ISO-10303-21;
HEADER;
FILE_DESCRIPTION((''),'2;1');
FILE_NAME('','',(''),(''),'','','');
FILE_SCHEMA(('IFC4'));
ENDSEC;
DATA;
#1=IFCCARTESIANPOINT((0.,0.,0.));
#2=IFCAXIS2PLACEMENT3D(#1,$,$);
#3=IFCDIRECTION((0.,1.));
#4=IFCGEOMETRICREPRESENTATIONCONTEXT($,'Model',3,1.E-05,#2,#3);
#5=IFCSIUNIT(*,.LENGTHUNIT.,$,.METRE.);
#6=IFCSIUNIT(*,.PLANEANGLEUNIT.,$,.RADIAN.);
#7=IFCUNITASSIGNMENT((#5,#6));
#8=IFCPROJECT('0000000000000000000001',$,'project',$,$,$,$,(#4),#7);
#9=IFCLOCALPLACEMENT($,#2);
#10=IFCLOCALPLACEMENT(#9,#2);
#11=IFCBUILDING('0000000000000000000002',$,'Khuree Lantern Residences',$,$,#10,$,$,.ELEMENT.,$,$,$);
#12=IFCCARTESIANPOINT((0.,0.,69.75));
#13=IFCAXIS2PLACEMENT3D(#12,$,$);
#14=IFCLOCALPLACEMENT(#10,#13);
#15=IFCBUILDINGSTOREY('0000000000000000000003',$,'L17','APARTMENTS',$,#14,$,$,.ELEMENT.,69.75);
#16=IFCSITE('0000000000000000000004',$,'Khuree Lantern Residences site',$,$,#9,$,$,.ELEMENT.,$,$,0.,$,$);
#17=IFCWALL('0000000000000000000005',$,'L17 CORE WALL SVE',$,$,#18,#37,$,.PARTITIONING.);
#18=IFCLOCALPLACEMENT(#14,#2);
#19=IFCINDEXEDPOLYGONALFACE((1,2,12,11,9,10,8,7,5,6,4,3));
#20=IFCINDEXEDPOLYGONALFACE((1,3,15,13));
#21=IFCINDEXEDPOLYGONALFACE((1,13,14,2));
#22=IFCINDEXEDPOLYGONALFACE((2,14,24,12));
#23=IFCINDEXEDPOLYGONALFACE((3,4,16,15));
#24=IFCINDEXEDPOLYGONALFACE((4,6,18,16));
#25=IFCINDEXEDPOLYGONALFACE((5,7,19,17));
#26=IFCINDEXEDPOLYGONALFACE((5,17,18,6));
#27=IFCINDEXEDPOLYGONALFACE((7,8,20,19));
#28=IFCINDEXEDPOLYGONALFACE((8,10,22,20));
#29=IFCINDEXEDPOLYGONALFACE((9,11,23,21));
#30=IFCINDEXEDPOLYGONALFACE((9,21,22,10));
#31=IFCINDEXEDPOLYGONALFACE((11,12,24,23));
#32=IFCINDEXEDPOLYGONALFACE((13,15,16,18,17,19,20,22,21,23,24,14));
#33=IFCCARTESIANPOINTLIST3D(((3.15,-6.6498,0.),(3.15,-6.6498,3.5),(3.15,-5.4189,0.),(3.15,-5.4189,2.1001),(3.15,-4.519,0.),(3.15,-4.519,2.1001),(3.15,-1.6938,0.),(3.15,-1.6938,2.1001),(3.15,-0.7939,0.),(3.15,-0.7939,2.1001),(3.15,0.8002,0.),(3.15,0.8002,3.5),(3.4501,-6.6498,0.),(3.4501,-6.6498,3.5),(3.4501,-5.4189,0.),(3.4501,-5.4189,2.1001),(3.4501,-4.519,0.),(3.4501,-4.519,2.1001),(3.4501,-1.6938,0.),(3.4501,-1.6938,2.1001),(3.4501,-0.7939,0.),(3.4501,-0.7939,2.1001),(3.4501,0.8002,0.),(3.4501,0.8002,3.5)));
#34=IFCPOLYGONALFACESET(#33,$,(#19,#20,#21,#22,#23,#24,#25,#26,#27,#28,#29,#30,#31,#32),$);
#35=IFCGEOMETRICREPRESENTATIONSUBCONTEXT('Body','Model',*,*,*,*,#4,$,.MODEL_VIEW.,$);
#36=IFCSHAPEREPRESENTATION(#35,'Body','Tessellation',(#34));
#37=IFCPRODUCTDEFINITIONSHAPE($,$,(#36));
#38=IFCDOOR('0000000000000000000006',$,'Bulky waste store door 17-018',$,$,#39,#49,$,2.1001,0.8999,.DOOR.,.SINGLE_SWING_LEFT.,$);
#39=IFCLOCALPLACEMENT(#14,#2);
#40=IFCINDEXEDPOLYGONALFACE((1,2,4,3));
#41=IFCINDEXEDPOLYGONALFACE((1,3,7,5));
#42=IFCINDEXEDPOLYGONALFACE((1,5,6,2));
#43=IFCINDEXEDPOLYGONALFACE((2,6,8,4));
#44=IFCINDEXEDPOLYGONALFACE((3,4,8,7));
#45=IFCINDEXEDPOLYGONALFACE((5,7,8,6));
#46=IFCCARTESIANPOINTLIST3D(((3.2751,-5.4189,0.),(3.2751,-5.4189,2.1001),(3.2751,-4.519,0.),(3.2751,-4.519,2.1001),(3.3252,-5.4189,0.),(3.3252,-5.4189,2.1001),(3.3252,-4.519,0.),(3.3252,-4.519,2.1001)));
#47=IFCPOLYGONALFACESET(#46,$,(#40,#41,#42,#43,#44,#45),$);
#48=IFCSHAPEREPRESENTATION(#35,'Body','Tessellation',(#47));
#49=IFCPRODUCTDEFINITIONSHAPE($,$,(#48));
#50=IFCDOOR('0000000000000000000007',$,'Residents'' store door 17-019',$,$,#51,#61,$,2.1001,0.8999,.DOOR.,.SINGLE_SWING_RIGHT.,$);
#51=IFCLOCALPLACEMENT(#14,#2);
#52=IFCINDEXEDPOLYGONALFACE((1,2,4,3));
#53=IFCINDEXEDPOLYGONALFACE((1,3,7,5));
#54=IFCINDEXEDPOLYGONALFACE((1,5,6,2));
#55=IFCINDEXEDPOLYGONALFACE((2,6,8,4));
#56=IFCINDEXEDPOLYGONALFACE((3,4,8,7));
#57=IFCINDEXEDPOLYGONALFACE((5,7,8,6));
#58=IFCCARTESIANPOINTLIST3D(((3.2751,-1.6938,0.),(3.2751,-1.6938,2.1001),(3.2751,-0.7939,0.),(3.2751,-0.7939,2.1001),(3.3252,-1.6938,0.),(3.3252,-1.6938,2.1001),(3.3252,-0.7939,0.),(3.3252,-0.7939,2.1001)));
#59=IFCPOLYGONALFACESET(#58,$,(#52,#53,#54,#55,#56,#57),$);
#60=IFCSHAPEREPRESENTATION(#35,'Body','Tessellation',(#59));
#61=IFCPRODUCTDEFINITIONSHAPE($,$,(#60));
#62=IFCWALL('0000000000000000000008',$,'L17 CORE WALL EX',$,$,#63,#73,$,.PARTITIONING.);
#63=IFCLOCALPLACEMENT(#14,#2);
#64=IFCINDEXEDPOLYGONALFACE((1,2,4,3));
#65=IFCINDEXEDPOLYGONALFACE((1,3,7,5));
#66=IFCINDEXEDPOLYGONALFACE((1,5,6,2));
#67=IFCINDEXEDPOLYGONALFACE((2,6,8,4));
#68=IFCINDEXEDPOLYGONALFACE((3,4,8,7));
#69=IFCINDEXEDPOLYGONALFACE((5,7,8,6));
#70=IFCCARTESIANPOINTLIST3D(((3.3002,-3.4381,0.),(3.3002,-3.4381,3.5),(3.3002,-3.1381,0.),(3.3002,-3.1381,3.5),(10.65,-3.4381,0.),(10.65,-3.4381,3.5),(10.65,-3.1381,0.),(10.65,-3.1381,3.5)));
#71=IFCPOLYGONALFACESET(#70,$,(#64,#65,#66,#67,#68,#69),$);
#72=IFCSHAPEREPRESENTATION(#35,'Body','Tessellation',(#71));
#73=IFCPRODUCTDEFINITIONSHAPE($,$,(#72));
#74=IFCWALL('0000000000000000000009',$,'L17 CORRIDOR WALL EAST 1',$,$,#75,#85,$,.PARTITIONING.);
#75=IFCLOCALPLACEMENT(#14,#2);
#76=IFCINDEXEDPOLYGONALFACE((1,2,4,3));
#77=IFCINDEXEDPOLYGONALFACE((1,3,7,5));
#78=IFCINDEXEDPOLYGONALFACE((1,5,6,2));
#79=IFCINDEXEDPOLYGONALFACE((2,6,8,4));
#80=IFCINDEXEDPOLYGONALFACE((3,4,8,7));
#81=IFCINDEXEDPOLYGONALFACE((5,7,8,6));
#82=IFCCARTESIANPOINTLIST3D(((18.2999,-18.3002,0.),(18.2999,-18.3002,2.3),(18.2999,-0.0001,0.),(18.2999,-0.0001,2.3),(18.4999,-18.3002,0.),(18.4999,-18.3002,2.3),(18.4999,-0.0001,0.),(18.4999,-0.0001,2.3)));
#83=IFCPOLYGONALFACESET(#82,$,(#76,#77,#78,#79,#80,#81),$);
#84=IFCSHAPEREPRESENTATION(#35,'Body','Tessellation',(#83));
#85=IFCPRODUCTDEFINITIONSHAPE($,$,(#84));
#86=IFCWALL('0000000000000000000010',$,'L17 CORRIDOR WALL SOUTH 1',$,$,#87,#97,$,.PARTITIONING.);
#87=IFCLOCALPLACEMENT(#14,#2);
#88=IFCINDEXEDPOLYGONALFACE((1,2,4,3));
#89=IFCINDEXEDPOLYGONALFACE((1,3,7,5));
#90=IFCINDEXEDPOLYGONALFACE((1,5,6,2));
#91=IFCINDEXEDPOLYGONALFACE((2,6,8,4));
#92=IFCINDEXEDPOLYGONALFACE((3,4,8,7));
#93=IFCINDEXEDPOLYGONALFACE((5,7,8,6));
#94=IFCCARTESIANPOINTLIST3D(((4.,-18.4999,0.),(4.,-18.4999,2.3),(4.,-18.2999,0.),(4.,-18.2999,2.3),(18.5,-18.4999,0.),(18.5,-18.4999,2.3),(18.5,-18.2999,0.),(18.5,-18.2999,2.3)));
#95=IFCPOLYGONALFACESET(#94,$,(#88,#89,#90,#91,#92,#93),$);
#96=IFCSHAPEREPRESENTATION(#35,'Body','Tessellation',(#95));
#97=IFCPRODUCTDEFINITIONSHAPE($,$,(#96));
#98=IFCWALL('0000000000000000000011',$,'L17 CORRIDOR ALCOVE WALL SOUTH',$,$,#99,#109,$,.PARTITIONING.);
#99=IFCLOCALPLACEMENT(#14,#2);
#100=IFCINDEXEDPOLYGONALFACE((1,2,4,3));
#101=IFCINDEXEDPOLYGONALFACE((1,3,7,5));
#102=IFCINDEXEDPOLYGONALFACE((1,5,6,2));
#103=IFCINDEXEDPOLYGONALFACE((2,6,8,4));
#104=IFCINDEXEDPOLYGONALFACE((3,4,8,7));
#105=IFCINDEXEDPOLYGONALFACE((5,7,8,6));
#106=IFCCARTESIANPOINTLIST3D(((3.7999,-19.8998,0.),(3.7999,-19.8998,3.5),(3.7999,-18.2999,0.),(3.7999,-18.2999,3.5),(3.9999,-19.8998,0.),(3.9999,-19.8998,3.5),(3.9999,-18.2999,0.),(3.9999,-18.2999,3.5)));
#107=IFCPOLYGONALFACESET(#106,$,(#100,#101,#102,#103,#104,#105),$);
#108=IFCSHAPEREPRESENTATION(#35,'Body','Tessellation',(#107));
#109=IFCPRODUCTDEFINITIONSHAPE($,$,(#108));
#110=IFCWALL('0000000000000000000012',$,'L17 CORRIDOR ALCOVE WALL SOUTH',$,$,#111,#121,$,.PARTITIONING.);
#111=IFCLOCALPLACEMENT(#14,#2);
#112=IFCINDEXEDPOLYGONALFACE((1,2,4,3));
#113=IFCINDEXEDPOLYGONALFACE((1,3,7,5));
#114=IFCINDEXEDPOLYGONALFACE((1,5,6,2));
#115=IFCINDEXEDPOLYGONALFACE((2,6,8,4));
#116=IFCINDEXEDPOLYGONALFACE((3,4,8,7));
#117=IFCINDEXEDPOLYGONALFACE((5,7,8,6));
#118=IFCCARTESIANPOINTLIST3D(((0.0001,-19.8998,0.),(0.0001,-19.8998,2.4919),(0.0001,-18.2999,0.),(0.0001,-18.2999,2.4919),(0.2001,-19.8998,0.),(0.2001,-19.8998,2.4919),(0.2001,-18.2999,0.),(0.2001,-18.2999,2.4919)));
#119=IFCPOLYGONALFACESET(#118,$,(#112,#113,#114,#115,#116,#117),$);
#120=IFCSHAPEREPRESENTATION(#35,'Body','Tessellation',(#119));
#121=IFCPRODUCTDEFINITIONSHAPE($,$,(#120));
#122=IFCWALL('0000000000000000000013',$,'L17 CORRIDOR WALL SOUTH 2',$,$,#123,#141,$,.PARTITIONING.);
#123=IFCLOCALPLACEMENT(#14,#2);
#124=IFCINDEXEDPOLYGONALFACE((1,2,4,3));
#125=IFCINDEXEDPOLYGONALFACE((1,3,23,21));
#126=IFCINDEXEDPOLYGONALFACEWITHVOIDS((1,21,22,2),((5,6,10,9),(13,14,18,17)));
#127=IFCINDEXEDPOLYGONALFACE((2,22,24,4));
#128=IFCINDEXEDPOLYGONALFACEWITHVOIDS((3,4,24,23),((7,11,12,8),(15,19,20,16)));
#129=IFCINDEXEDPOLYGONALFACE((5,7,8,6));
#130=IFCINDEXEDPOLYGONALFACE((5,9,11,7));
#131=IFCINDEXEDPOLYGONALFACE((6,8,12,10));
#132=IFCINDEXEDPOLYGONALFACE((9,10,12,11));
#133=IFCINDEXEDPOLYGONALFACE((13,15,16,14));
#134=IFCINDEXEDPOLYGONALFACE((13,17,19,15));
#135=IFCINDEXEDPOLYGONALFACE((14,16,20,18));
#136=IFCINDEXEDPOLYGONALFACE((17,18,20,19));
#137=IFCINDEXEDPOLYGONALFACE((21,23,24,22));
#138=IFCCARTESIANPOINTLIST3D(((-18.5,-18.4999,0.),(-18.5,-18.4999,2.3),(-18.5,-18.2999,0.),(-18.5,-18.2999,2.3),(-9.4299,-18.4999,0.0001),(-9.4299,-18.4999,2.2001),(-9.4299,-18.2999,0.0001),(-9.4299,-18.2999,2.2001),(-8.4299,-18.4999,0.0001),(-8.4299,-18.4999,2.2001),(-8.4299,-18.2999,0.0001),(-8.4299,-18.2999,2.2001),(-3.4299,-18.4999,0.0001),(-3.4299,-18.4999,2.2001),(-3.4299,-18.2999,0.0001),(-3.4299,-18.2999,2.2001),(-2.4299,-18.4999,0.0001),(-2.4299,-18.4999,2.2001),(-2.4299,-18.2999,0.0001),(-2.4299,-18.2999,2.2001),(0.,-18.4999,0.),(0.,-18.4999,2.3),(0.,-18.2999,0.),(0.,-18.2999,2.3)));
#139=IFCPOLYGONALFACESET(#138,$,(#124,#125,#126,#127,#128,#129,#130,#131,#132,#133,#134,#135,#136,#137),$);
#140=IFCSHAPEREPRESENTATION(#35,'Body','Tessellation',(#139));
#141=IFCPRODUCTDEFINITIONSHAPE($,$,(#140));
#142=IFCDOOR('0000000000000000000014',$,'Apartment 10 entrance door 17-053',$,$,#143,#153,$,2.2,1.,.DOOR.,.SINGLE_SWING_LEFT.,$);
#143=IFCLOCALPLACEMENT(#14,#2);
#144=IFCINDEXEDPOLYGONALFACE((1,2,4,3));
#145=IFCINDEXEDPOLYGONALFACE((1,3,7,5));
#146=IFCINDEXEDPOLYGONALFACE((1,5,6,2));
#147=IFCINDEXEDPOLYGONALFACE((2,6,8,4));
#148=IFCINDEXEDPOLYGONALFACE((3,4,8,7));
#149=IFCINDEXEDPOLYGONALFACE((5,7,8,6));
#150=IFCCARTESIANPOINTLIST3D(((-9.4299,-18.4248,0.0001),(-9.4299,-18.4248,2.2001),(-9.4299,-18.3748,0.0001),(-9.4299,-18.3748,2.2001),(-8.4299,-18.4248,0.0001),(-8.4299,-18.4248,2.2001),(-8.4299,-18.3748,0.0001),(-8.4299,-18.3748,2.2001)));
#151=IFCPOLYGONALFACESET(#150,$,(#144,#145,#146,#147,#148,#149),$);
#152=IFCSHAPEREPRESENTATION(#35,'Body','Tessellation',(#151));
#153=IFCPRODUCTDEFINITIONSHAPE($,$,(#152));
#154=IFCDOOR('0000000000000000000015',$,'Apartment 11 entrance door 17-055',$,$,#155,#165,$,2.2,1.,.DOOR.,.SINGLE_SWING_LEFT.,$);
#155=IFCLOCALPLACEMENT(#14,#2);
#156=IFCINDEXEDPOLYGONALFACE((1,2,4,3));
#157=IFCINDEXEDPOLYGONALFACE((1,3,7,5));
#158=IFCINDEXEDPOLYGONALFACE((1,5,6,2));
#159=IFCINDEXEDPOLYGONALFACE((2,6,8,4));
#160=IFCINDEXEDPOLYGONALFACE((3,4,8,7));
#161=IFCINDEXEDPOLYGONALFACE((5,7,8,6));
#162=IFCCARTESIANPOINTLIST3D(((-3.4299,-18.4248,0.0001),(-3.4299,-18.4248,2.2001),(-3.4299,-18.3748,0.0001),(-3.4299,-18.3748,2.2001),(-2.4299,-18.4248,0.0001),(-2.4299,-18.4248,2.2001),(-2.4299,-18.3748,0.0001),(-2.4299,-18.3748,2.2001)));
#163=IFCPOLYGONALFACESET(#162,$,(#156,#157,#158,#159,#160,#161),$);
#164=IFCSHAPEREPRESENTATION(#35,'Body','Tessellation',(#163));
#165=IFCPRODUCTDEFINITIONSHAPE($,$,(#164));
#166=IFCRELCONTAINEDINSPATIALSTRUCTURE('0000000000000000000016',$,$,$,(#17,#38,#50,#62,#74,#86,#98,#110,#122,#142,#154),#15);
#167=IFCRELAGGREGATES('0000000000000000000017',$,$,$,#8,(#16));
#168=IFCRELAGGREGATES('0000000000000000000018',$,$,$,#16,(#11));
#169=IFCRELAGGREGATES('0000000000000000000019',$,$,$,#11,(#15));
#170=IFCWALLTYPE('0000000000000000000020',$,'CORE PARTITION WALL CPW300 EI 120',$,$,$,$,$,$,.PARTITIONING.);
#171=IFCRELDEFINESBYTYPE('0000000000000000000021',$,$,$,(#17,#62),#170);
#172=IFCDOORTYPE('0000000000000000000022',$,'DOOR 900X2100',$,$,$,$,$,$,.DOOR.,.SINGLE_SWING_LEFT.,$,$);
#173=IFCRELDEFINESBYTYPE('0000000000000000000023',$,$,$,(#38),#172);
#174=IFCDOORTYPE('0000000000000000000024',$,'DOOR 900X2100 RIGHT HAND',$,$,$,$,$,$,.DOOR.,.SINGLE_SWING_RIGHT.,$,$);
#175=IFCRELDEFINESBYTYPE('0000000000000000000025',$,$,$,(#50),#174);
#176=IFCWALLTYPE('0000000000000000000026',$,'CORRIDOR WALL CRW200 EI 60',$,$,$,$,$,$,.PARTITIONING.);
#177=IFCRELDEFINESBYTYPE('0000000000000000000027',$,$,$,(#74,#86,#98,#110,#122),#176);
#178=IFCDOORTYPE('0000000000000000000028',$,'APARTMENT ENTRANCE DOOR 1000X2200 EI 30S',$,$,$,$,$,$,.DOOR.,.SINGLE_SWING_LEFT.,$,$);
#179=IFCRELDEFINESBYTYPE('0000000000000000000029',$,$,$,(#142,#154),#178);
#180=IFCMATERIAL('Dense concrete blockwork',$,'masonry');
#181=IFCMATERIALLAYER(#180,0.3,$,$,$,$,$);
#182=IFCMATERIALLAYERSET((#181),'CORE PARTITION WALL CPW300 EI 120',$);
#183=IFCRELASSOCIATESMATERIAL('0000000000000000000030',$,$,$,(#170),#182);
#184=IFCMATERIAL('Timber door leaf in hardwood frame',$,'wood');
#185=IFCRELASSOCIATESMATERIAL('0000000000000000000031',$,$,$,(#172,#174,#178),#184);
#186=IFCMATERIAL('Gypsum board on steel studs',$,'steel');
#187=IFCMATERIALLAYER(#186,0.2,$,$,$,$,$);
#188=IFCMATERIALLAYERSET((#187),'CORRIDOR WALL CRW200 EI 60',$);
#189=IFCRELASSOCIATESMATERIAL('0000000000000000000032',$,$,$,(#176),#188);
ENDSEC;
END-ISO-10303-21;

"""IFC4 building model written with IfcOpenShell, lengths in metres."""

from ifc_helpers import new_model, si_unit, direction, frame, frame_2d, origin, place, context, subcontext, project, spatial, rectangle, extrude, material, layer, layer_set, type_object, element, fill, save


model = new_model("IFC4")

# Units and contexts
model_context = context("Model", 3, precision=1e-05, world=origin(), true_north=direction((0.0, 1.0)))
body_context = subcontext(model_context, "Body", "Model", "MODEL_VIEW")
ifc_project = project(units=[si_unit("LENGTHUNIT", "METRE"), si_unit("PLANEANGLEUNIT", "RADIAN")], contexts=[model_context])

# Site, building, storey
site_placement = place(None, origin())
site = spatial("IfcSite", under=ifc_project, at=site_placement, Name="Khuree Lantern Residences site", CompositionType="ELEMENT", RefElevation=0.0)
building_placement = place(site_placement, origin())
building = spatial("IfcBuilding", under=site, at=building_placement, Name="Khuree Lantern Residences", CompositionType="ELEMENT")
storey_placement = place(building_placement, frame((0.0, 0.0, 69.75)))
storey = spatial("IfcBuildingStorey", under=building, at=storey_placement, Name="L17", Description="APARTMENTS", CompositionType="ELEMENT", Elevation=69.75)

# Shared definitions
ifc_material_1 = material(Name="Dense concrete blockwork", Category="masonry")
ifc_layer_1 = layer(ifc_material_1, 0.3)
ifc_layer_set_1 = layer_set([ifc_layer_1], Name="CORE PARTITION WALL CPW300 EI 120")
wall_type_1 = type_object("IfcWallType", Name="CORE PARTITION WALL CPW300 EI 120", PredefinedType="PARTITIONING", material=ifc_layer_set_1)

# Wall, openings, doors
wall_1_placement = place(storey_placement, frame((3.3, -6.6499, 0.0), z_axis=(0.0, 0.0, 1.0), x_axis=(0.0, 1.0, 0.0)))
wall_1 = element("IfcWall", 1, at=wall_1_placement, inside=storey, type_object=wall_type_1, Name="L17 CORE WALL SVE", PredefinedType="PARTITIONING", context=body_context, shape_type="SweptSolid", body=[
    extrude(rectangle(XDim=7.45, YDim=0.3, at=frame_2d((3.7251, 0.0))), origin(), (0.0, 0.0, 1.0), 3.5),
])
opening_1_placement = place(wall_1_placement, frame((1.231, 0.0, 0.0)))
opening_1 = element("IfcOpeningElement", 2, at=opening_1_placement, cuts=wall_1, PredefinedType="OPENING", context=body_context, shape_type="SweptSolid", body=[
    extrude(rectangle(XDim=0.8999, YDim=2.1001, at=frame_2d((0.45, 1.05))), frame((0.0, 0.1602, 0.0), z_axis=(0.0, -1.0, 0.0), x_axis=(1.0, 0.0, 0.0)), (0.0, 0.0, 1.0), 0.3201),
])
opening_2_placement = place(wall_1_placement, frame((4.9561, 0.0, 0.0)))
opening_2 = element("IfcOpeningElement", 3, at=opening_2_placement, cuts=wall_1, PredefinedType="OPENING", context=body_context, shape_type="SweptSolid", body=[
    extrude(rectangle(XDim=0.8999, YDim=2.1001, at=frame_2d((0.45, 1.05))), frame((0.0, 0.1602, 0.0), z_axis=(0.0, -1.0, 0.0), x_axis=(1.0, 0.0, 0.0)), (0.0, 0.0, 1.0), 0.3201),
])
ifc_material_2 = material(Name="Timber door leaf in hardwood frame", Category="wood")
door_type_1 = type_object("IfcDoorType", Name="DOOR 900X2100", OperationType="SINGLE_SWING_LEFT", PredefinedType="DOOR", material=ifc_material_2)
door_1_placement = place(opening_1_placement, origin())
door_1 = element("IfcDoor", 4, at=door_1_placement, inside=storey, type_object=door_type_1, Name="Bulky waste store door 17-018", OperationType="SINGLE_SWING_LEFT", OverallHeight=2.1001, OverallWidth=0.8999, PredefinedType="DOOR", context=body_context, shape_type="SweptSolid", body=[
    extrude(rectangle(XDim=0.8999, YDim=2.1001, at=frame_2d((0.45, 1.05))), frame((0.0, 0.0249, 0.0), z_axis=(0.0, -1.0, 0.0), x_axis=(1.0, 0.0, 0.0)), (0.0, 0.0, 1.0), 0.05),
])
fill(opening_1, door_1)
door_type_2 = type_object("IfcDoorType", Name="DOOR 900X2100 RIGHT HAND", OperationType="SINGLE_SWING_RIGHT", PredefinedType="DOOR", material=ifc_material_2)
door_2_placement = place(opening_2_placement, origin())
door_2 = element("IfcDoor", 5, at=door_2_placement, inside=storey, type_object=door_type_2, Name="Residents' store door 17-019", OperationType="SINGLE_SWING_RIGHT", OverallHeight=2.1001, OverallWidth=0.8999, PredefinedType="DOOR", context=body_context, shape_type="SweptSolid", body=[
    extrude(rectangle(XDim=0.8999, YDim=2.1001, at=frame_2d((0.45, 1.05))), frame((0.0, 0.0249, 0.0), z_axis=(0.0, -1.0, 0.0), x_axis=(1.0, 0.0, 0.0)), (0.0, 0.0, 1.0), 0.05),
])
fill(opening_2, door_2)

# Walls
wall_2_placement = place(storey_placement, frame((10.6499, -3.2881, 0.0), z_axis=(0.0, 0.0, 1.0), x_axis=(-1.0, 0.0, 0.0)))
element("IfcWall", 6, at=wall_2_placement, inside=storey, type_object=wall_type_1, Name="L17 CORE WALL EX", PredefinedType="PARTITIONING", context=body_context, shape_type="SweptSolid", body=[
    extrude(rectangle(XDim=7.3499, YDim=0.3, at=frame_2d((3.6748, 0.0))), origin(), (0.0, 0.0, 1.0), 3.5),
])
ifc_material_3 = material(Name="Gypsum board on steel studs", Category="steel")
ifc_layer_2 = layer(ifc_material_3, 0.2)
ifc_layer_set_2 = layer_set([ifc_layer_2], Name="CORRIDOR WALL CRW200 EI 60")
wall_type_2 = type_object("IfcWallType", Name="CORRIDOR WALL CRW200 EI 60", PredefinedType="PARTITIONING", material=ifc_layer_set_2)
wall_3_placement = place(storey_placement, frame((18.3999, -18.3, 0.0), z_axis=(0.0, 0.0, 1.0), x_axis=(0.0, 1.0, 0.0)))
element("IfcWall", 7, at=wall_3_placement, inside=storey, type_object=wall_type_2, Name="L17 CORRIDOR WALL EAST 1", PredefinedType="PARTITIONING", context=body_context, shape_type="SweptSolid", body=[
    extrude(rectangle(XDim=18.3, YDim=0.2, at=frame_2d((9.1499, 0.0))), origin(), (0.0, 0.0, 1.0), 2.3),
])
wall_4_placement = place(storey_placement, frame((18.5, -18.3999, 0.0), z_axis=(0.0, 0.0, 1.0), x_axis=(-1.0, 0.0, 0.0)))
element("IfcWall", 8, at=wall_4_placement, inside=storey, type_object=wall_type_2, Name="L17 CORRIDOR WALL SOUTH 1", PredefinedType="PARTITIONING", context=body_context, shape_type="SweptSolid", body=[
    extrude(rectangle(XDim=14.5, YDim=0.2, at=frame_2d((7.25, 0.0))), origin(), (0.0, 0.0, 1.0), 2.3),
])
wall_5_placement = place(storey_placement, frame((3.8999, -18.3, 0.0), z_axis=(0.0, 0.0, 1.0), x_axis=(0.0, -1.0, 0.0)))
element("IfcWall", 9, at=wall_5_placement, inside=storey, type_object=wall_type_2, Name="L17 CORRIDOR ALCOVE WALL SOUTH", PredefinedType="PARTITIONING", context=body_context, shape_type="SweptSolid", body=[
    extrude(rectangle(XDim=1.5999, YDim=0.2, at=frame_2d((0.7998, 0.0))), origin(), (0.0, 0.0, 1.0), 3.5),
])
wall_6_placement = place(storey_placement, frame((0.1001, -18.3, 0.0), z_axis=(0.0, 0.0, 1.0), x_axis=(0.0, -1.0, 0.0)))
element("IfcWall", 10, at=wall_6_placement, inside=storey, type_object=wall_type_2, Name="L17 CORRIDOR ALCOVE WALL SOUTH", PredefinedType="PARTITIONING", context=body_context, shape_type="SweptSolid", body=[
    extrude(rectangle(XDim=1.5999, YDim=0.2, at=frame_2d((0.7998, 0.0))), origin(), (0.0, 0.0, 1.0), 2.4919),
])

# Wall, openings, doors
wall_7_placement = place(storey_placement, frame((0.0, -18.3999, 0.0), z_axis=(0.0, 0.0, 1.0), x_axis=(-1.0, 0.0, 0.0)))
wall_7 = element("IfcWall", 11, at=wall_7_placement, inside=storey, type_object=wall_type_2, Name="L17 CORRIDOR WALL SOUTH 2", PredefinedType="PARTITIONING", context=body_context, shape_type="SweptSolid", body=[
    extrude(rectangle(XDim=18.5, YDim=0.2, at=frame_2d((9.25, 0.0))), origin(), (0.0, 0.0, 1.0), 2.3),
])
opening_3_placement = place(wall_7_placement, frame((8.4299, 0.0, 0.0)))
opening_3 = element("IfcOpeningElement", 12, at=opening_3_placement, cuts=wall_7, PredefinedType="OPENING", context=body_context, shape_type="SweptSolid", body=[
    extrude(rectangle(XDim=1.0, YDim=2.2, at=frame_2d((0.5, 1.1001))), frame((0.0, 0.1099, 0.0), z_axis=(0.0, -1.0, 0.0), x_axis=(1.0, 0.0, 0.0)), (0.0, 0.0, 1.0), 0.22),
])
opening_4_placement = place(wall_7_placement, frame((2.4299, 0.0, 0.0)))
opening_4 = element("IfcOpeningElement", 13, at=opening_4_placement, cuts=wall_7, PredefinedType="OPENING", context=body_context, shape_type="SweptSolid", body=[
    extrude(rectangle(XDim=1.0, YDim=2.2, at=frame_2d((0.5, 1.1001))), frame((0.0, 0.1099, 0.0), z_axis=(0.0, -1.0, 0.0), x_axis=(1.0, 0.0, 0.0)), (0.0, 0.0, 1.0), 0.22),
])
door_type_3 = type_object("IfcDoorType", Name="APARTMENT ENTRANCE DOOR 1000X2200 EI 30S", OperationType="SINGLE_SWING_LEFT", PredefinedType="DOOR", material=ifc_material_2)
door_3_placement = place(opening_3_placement, origin())
door_3 = element("IfcDoor", 14, at=door_3_placement, inside=storey, type_object=door_type_3, Name="Apartment 10 entrance door 17-053", OperationType="SINGLE_SWING_LEFT", OverallHeight=2.2, OverallWidth=1.0, PredefinedType="DOOR", context=body_context, shape_type="SweptSolid", body=[
    extrude(rectangle(XDim=1.0, YDim=2.2, at=frame_2d((0.5, 1.1001))), frame((0.0, 0.0249, 0.0), z_axis=(0.0, -1.0, 0.0), x_axis=(1.0, 0.0, 0.0)), (0.0, 0.0, 1.0), 0.05),
])
fill(opening_3, door_3)
door_4_placement = place(opening_4_placement, origin())
door_4 = element("IfcDoor", 15, at=door_4_placement, inside=storey, type_object=door_type_3, Name="Apartment 11 entrance door 17-055", OperationType="SINGLE_SWING_LEFT", OverallHeight=2.2, OverallWidth=1.0, PredefinedType="DOOR", context=body_context, shape_type="SweptSolid", body=[
    extrude(rectangle(XDim=1.0, YDim=2.2, at=frame_2d((0.5, 1.1001))), frame((0.0, 0.0249, 0.0), z_axis=(0.0, -1.0, 0.0), x_axis=(1.0, 0.0, 0.0)), (0.0, 0.0, 1.0), 0.05),
])
fill(opening_4, door_4)

save(model, "model.ifc")
